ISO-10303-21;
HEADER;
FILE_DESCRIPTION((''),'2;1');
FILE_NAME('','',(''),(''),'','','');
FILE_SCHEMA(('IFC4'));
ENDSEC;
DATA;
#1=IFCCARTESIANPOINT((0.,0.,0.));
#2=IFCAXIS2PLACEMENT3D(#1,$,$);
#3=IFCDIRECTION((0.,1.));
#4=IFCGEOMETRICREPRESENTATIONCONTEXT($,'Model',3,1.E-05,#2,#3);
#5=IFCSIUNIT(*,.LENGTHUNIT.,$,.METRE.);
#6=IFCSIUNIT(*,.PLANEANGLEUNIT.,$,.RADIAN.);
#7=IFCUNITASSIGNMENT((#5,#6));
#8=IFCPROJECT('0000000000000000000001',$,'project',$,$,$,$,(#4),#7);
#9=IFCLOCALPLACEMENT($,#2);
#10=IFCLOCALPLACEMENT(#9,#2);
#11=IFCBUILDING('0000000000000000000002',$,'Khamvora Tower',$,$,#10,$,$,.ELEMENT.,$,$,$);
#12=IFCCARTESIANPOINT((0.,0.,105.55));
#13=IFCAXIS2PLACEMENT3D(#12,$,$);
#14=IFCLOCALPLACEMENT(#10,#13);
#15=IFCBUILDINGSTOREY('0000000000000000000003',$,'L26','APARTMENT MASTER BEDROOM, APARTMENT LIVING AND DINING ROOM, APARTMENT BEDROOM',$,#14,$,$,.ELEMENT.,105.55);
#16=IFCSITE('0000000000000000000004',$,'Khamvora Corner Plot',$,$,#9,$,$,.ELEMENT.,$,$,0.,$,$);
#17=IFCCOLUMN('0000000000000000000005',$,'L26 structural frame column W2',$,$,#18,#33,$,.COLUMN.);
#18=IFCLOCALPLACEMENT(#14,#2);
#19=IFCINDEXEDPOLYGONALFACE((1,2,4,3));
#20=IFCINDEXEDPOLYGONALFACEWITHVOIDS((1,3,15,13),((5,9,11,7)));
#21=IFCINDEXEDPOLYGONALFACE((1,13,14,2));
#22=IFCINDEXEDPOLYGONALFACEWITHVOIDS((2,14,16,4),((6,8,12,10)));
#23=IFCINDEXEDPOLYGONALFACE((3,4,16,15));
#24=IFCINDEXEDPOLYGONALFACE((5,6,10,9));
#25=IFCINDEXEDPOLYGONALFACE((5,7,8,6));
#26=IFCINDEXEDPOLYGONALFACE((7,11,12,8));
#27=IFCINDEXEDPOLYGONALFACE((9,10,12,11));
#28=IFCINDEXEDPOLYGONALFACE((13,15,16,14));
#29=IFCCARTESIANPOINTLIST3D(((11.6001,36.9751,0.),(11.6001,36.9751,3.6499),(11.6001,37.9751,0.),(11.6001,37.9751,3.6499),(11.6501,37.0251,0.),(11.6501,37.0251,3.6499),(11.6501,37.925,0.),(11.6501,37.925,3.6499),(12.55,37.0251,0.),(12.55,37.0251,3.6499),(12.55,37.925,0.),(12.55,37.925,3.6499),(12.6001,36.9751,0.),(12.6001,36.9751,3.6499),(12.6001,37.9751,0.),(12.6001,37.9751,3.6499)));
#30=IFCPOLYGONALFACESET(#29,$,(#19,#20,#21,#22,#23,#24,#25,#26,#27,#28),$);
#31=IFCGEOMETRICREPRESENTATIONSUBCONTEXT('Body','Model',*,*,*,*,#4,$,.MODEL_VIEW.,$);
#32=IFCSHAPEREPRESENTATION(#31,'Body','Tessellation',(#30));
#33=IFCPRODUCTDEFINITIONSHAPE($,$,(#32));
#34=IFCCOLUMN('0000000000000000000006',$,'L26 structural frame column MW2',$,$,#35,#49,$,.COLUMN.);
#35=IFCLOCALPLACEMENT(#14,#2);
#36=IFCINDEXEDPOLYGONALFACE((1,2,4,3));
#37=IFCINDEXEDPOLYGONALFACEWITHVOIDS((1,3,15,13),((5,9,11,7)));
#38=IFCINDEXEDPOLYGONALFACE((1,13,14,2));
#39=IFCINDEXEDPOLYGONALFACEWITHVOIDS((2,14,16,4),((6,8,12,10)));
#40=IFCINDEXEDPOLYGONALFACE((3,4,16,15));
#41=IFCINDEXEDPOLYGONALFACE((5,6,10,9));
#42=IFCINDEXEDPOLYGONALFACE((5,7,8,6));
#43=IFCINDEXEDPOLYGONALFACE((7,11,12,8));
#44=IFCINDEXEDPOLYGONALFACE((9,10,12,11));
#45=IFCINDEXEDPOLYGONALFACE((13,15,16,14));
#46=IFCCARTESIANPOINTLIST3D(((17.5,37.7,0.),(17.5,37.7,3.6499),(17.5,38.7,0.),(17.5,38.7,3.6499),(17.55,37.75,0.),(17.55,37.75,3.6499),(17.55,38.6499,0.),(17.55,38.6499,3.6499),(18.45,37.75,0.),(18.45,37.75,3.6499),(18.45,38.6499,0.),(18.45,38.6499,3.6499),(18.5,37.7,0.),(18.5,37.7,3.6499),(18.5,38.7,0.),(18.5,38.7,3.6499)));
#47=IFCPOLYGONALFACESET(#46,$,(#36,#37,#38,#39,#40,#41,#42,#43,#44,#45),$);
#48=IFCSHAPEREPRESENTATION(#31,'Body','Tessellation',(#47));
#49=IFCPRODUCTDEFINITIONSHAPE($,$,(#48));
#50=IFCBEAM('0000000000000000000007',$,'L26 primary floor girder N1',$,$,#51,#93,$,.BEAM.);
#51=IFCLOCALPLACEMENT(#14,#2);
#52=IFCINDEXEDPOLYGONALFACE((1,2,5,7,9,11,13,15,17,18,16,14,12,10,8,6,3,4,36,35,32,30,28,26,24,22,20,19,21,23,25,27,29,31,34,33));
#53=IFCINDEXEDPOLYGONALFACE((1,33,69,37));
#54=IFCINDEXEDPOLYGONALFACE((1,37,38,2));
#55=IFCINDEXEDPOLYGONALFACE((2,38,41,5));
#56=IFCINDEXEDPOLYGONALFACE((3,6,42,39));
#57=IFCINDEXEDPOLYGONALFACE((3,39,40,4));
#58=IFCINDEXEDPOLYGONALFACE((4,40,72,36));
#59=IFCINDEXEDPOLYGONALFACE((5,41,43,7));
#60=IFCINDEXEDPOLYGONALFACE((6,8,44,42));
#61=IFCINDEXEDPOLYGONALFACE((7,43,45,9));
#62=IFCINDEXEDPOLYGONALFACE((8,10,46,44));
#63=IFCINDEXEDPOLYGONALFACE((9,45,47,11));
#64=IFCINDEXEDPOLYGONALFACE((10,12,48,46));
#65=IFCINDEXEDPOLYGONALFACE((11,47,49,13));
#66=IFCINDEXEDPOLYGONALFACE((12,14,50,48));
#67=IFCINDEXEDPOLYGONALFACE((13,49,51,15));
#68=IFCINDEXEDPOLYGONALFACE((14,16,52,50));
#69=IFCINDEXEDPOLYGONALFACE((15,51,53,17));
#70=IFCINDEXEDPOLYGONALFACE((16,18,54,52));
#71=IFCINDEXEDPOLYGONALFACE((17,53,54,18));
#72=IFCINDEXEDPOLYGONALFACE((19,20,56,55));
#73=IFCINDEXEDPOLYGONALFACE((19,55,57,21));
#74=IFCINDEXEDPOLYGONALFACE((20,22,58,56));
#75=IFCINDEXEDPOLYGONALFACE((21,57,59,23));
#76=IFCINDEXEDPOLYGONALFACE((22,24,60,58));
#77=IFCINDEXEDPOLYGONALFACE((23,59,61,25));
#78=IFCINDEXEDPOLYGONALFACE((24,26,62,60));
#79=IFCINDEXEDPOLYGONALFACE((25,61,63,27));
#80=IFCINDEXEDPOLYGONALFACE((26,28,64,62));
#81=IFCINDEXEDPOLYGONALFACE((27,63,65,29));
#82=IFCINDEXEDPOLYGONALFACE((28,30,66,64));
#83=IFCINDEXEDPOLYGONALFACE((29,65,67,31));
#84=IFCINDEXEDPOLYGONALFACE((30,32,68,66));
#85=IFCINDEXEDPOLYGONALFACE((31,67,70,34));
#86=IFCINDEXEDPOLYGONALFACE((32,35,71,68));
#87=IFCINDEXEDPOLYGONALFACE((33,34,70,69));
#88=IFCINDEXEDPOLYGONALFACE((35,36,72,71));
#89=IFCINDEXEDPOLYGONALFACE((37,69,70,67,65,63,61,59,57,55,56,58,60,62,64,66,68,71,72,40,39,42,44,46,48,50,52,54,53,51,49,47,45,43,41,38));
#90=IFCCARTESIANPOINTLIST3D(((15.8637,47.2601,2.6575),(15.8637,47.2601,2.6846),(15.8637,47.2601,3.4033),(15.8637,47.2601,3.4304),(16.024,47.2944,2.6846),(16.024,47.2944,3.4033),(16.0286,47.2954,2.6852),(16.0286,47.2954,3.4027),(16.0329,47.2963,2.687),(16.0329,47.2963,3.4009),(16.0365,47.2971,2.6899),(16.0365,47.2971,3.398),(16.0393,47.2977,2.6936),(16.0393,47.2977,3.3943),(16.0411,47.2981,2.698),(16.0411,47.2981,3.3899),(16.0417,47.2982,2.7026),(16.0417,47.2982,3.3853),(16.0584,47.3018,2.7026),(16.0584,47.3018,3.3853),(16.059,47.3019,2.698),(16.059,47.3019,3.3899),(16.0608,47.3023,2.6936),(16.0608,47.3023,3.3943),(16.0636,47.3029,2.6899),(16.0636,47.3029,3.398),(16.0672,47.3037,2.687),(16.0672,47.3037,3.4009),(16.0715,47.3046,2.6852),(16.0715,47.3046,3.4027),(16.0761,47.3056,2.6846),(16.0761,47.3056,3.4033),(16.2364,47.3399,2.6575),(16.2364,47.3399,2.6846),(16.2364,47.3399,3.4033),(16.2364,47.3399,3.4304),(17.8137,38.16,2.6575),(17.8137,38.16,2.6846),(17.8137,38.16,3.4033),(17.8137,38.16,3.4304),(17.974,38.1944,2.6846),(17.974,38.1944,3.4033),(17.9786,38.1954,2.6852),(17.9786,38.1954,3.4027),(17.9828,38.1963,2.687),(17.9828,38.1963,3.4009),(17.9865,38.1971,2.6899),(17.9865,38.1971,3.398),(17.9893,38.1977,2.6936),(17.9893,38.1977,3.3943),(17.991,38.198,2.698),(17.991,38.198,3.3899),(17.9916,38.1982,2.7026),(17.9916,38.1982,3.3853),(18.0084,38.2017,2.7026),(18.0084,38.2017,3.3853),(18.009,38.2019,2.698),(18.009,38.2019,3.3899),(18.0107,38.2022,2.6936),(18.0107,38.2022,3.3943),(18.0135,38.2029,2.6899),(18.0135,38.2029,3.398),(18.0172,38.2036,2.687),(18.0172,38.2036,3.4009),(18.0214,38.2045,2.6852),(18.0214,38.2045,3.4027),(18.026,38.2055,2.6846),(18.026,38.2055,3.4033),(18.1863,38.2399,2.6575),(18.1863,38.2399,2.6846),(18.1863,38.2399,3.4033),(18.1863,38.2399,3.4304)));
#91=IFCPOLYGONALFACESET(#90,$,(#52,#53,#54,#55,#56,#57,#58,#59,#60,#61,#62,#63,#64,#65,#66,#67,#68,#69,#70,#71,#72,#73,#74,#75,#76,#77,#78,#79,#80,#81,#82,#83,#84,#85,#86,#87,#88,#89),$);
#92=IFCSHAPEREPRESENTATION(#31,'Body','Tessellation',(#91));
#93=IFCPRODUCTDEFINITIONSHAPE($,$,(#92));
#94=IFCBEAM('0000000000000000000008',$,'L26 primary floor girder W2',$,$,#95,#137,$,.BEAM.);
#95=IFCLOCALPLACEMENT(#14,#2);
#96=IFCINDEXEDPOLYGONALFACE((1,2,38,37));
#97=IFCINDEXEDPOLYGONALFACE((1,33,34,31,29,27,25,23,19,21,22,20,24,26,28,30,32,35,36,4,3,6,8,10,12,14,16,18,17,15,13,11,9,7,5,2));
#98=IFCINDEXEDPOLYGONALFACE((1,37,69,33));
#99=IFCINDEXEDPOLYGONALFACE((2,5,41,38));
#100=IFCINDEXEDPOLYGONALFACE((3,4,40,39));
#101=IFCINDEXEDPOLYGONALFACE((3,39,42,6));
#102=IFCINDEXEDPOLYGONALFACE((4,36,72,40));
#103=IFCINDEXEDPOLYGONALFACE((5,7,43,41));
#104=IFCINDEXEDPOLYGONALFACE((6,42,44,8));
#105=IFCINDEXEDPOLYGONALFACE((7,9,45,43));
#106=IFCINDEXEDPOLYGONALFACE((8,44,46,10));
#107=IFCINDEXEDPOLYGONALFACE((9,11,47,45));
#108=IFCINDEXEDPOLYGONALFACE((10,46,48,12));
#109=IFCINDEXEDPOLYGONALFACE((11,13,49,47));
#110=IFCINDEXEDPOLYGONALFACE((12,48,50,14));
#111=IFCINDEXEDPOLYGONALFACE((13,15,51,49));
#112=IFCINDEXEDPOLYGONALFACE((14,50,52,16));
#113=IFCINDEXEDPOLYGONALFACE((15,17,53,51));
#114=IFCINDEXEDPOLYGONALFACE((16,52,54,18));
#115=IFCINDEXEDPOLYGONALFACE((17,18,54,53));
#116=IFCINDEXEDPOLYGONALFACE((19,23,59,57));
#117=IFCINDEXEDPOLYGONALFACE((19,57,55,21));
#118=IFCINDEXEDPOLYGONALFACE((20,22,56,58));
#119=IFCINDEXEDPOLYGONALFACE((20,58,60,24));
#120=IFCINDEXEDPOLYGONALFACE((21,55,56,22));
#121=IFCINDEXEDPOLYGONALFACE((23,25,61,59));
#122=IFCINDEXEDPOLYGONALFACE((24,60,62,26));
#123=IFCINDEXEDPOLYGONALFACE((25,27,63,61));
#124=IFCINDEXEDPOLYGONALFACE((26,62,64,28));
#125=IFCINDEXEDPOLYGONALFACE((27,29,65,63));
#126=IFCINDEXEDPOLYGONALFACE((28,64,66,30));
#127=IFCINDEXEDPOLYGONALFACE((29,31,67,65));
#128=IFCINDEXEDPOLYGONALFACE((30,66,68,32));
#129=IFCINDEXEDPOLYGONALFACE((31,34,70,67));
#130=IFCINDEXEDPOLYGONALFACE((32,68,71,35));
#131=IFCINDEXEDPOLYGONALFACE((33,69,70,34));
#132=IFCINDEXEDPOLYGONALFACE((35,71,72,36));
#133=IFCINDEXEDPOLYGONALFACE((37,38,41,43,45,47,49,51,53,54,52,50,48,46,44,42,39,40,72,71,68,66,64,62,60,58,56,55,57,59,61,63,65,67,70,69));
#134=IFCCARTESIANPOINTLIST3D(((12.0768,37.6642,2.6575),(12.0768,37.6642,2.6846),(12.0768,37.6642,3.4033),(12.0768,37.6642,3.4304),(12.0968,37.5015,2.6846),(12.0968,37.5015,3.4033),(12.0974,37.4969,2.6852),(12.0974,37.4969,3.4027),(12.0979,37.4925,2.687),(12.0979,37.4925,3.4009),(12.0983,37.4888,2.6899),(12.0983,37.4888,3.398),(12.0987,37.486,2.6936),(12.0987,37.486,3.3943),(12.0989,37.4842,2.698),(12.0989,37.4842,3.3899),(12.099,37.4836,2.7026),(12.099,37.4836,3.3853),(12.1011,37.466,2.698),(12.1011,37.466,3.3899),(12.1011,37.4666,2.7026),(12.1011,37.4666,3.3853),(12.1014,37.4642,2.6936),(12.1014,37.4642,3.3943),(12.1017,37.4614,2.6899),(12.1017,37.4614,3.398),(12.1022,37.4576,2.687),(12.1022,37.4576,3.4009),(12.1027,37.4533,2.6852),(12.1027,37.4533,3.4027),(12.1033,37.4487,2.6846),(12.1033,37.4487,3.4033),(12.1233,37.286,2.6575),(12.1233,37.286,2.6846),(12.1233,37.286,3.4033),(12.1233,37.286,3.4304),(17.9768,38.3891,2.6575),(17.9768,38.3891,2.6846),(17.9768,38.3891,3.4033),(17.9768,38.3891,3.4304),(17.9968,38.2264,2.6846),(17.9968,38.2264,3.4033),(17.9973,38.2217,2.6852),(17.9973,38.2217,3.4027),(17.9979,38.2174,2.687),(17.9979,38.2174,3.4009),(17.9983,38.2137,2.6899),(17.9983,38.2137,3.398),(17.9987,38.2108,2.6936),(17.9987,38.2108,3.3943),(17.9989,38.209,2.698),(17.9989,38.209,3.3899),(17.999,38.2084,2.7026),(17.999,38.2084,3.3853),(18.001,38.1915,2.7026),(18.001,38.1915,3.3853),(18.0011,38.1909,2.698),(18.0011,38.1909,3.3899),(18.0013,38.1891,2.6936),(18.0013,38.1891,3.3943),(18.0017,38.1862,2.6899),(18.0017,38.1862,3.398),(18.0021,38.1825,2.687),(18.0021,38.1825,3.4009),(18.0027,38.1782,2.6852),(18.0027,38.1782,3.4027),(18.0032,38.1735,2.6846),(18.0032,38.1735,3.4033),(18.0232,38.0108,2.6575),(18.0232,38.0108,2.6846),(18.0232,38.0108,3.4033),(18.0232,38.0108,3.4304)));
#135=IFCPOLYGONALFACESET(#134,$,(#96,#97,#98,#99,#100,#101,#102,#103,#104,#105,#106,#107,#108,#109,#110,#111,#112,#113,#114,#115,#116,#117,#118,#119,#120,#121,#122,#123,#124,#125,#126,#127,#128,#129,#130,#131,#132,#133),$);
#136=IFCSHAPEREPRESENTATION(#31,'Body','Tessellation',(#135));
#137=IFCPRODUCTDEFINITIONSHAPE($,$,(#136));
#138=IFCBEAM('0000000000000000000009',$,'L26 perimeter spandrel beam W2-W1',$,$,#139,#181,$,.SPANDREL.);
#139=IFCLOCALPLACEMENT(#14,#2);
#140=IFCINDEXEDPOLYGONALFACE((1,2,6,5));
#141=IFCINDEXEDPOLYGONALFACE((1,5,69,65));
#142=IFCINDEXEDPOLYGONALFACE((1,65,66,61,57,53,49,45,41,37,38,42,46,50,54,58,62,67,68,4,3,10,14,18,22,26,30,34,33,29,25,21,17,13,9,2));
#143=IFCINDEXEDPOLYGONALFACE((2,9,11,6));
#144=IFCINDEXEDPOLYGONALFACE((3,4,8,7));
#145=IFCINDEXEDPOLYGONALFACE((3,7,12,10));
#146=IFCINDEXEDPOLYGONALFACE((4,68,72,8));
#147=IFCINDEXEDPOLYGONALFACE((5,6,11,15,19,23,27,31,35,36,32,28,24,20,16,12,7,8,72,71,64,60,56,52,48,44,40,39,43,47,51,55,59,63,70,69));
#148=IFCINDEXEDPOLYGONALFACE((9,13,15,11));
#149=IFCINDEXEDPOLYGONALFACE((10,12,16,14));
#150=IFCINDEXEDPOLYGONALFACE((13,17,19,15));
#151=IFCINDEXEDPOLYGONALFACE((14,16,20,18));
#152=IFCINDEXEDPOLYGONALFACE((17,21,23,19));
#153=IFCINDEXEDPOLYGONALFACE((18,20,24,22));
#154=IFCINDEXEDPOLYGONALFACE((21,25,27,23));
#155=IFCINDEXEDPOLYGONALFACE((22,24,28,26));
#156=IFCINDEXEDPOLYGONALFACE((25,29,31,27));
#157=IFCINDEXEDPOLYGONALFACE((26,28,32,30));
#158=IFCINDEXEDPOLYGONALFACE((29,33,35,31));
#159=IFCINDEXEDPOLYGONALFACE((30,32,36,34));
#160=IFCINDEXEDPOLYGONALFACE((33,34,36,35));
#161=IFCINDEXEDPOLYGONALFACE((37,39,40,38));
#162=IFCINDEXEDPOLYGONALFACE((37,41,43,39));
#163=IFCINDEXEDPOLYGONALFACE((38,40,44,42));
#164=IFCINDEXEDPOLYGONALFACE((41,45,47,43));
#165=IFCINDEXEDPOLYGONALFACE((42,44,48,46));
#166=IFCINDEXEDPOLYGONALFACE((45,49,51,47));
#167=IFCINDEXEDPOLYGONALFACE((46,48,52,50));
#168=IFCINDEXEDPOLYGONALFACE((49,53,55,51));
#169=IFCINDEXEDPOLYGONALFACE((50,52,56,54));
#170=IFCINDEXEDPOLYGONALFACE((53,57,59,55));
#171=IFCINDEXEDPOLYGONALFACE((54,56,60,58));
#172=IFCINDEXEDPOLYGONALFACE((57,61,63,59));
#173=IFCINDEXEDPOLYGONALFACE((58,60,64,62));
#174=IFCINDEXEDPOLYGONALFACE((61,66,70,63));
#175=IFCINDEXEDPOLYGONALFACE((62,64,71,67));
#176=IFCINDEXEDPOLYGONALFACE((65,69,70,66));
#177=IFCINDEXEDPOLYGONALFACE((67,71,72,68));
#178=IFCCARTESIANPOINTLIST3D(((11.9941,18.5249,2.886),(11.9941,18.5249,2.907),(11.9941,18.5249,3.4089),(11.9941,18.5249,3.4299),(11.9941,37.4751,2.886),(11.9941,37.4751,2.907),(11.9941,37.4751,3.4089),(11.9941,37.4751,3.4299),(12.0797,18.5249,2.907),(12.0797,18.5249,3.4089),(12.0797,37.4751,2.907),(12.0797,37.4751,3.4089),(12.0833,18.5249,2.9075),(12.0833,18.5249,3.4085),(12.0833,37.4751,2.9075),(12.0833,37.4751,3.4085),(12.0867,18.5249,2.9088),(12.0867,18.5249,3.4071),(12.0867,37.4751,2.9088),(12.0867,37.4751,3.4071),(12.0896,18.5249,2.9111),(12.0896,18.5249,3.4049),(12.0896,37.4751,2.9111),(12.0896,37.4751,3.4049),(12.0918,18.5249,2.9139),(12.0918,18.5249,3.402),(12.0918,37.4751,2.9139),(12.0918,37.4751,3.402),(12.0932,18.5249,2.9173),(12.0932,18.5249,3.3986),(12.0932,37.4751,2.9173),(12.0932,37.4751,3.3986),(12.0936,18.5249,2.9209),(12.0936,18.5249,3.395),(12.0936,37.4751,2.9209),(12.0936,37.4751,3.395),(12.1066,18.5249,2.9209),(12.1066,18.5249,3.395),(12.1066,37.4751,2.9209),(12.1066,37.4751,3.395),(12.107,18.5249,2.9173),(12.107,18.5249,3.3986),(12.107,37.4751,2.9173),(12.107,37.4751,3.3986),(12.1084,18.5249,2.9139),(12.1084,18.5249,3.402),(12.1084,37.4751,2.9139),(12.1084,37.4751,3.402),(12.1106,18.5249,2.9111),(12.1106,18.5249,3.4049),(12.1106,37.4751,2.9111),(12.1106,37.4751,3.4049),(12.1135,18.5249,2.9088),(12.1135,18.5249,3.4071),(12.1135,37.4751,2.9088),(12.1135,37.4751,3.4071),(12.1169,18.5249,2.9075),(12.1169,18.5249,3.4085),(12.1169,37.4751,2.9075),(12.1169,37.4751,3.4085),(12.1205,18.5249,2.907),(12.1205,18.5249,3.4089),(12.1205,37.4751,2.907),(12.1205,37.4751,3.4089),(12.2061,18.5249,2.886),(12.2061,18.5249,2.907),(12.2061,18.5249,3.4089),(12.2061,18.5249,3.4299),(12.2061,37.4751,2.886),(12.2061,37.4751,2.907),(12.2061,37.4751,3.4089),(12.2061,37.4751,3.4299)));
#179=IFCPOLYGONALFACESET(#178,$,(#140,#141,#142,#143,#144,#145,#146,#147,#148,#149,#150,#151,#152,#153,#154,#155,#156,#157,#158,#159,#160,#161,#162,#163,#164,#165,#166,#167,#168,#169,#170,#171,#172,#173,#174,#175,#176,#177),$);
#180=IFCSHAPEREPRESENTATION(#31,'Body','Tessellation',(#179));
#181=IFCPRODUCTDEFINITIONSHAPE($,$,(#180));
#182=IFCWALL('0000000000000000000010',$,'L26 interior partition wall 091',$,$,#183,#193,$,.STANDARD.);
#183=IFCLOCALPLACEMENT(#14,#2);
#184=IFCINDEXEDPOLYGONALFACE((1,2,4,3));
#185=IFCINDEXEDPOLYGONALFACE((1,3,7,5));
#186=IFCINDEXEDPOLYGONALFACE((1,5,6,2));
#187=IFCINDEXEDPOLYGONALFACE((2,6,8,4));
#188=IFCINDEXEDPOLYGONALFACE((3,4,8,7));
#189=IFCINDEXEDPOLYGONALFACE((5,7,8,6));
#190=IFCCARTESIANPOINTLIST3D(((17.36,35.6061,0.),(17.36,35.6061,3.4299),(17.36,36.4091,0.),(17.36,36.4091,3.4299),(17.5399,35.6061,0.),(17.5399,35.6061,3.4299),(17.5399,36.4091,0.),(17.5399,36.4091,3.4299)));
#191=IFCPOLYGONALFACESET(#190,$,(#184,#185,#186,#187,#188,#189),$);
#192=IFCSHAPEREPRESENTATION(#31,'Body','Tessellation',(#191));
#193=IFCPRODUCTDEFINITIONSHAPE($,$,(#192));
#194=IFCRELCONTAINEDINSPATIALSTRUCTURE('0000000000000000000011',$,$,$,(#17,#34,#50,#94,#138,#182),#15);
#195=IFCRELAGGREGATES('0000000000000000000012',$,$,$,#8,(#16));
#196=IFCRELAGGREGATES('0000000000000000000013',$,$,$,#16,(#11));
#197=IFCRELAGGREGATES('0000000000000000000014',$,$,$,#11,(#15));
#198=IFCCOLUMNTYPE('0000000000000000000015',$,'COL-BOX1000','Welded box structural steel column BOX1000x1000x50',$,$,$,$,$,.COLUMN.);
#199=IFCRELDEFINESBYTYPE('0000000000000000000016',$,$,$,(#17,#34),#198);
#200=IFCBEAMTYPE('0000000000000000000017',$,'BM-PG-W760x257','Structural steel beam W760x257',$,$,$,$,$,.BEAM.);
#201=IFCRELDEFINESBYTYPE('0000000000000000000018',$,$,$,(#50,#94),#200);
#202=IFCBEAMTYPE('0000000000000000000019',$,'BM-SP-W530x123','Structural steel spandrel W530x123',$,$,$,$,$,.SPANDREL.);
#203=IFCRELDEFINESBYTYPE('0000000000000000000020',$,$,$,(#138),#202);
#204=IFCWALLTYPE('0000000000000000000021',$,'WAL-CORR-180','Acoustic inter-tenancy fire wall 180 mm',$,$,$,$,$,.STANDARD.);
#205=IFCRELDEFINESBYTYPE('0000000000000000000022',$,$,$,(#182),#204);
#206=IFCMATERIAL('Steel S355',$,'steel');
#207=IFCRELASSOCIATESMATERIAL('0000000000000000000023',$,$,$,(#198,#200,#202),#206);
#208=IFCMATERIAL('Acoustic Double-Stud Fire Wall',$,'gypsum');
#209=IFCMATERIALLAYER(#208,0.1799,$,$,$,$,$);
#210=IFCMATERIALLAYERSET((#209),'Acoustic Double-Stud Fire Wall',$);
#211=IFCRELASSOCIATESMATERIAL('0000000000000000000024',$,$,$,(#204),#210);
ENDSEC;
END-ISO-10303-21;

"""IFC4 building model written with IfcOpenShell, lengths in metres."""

from ifc_helpers import new_model, si_unit, direction, frame, frame_2d, origin, origin_2d, place, context, subcontext, project, spatial, rectangle, hollow_rectangle, i_section, extrude, material, layer, layer_set, material_profile, profile_set, type_object, element, save


model = new_model("IFC4")

# Units and contexts
model_context = context("Model", 3, precision=1e-05, world=origin(), true_north=direction((0.0, 1.0)))
body_context = subcontext(model_context, "Body", "Model", "MODEL_VIEW")
ifc_project = project(units=[si_unit("LENGTHUNIT", "METRE"), si_unit("PLANEANGLEUNIT", "RADIAN")], contexts=[model_context])

# Site, building, storey
site_placement = place(None, origin())
site = spatial("IfcSite", under=ifc_project, at=site_placement, Name="Khamvora Corner Plot", CompositionType="ELEMENT", RefElevation=0.0)
building_placement = place(site_placement, origin())
building = spatial("IfcBuilding", under=site, at=building_placement, Name="Khamvora Tower", CompositionType="ELEMENT")
storey_placement = place(building_placement, frame((0.0, 0.0, 105.55)))
storey = spatial("IfcBuildingStorey", under=building, at=storey_placement, Name="L26", Description="APARTMENT MASTER BEDROOM, APARTMENT LIVING AND DINING ROOM, APARTMENT BEDROOM", CompositionType="ELEMENT", Elevation=105.55)

# Columns
ifc_material_1 = material(Name="Steel S355", Category="steel")
ifc_material_profile_1 = material_profile(ifc_material_1, hollow_rectangle(XDim=1.0, YDim=1.0, WallThickness=0.05, at=origin_2d()), Name="BOX1000x1000x50")
ifc_profile_set_1 = profile_set([ifc_material_profile_1], Name="Steel S355")
column_type = type_object("IfcColumnType", Name="COL-BOX1000", Description="Welded box structural steel column BOX1000x1000x50", PredefinedType="COLUMN", material=ifc_profile_set_1)
for number, where, z_axis, x_axis, name in (
    (1, (12.1001, 37.4751, 0.0), (0.0, 0.0, 1.0), (1.0, 0.0, 0.0), "L26 structural frame column W2"),
    (2, (18.0, 38.2, 0.0), (0.0, 0.0, 1.0), (1.0, 0.0, 0.0), "L26 structural frame column MW2"),
):
    element("IfcColumn", number, at=place(storey_placement, frame(where, z_axis=z_axis, x_axis=x_axis)), inside=storey, type_object=column_type, Name=name, PredefinedType="COLUMN", context=body_context, shape_type="SweptSolid", body=[
        extrude(hollow_rectangle(XDim=1.0, YDim=1.0, WallThickness=0.05, at=origin_2d()), origin(), (0.0, 0.0, 1.0), 3.6499),
    ])

# Beams
ifc_material_profile_2 = material_profile(ifc_material_1, i_section(OverallWidth=0.3811, OverallDepth=0.7729, WebThickness=0.0171, FlangeThickness=0.0271, FilletRadius=0.0181, at=origin_2d()), Name="W760x257")
ifc_profile_set_2 = profile_set([ifc_material_profile_2], Name="Steel S355")
beam_type_1 = type_object("IfcBeamType", Name="BM-PG-W760x257", Description="Structural steel beam W760x257", PredefinedType="BEAM", material=ifc_profile_set_2)
beam_1_placement = place(storey_placement, frame((18.0, 38.2, 3.0439), z_axis=(-0.209522, 0.977804, 0.0), x_axis=(-0.977804, -0.209522, 0.0)))
element("IfcBeam", 3, at=beam_1_placement, inside=storey, type_object=beam_type_1, Name="L26 primary floor girder N1", PredefinedType="BEAM", context=body_context, shape_type="SweptSolid", body=[
    extrude(i_section(OverallWidth=0.3811, OverallDepth=0.7729, WebThickness=0.0171, FlangeThickness=0.0271, FilletRadius=0.0181, at=origin_2d()), origin(), (0.0, 0.0, 1.0), 9.3066),
])
beam_2_placement = place(storey_placement, frame((18.0, 38.2, 3.0439), z_axis=(-0.992537, -0.121942, 0.0), x_axis=(0.121942, -0.992537, 0.0)))
element("IfcBeam", 4, at=beam_2_placement, inside=storey, type_object=beam_type_1, Name="L26 primary floor girder W2", PredefinedType="BEAM", context=body_context, shape_type="SweptSolid", body=[
    extrude(i_section(OverallWidth=0.3811, OverallDepth=0.7729, WebThickness=0.0171, FlangeThickness=0.0271, FilletRadius=0.0181, at=origin_2d()), origin(), (0.0, 0.0, 1.0), 5.9443),
])
ifc_material_profile_3 = material_profile(ifc_material_1, i_section(OverallWidth=0.2119, OverallDepth=0.5439, WebThickness=0.0129, FlangeThickness=0.021, FilletRadius=0.0139, at=origin_2d()), Name="W530x123")
ifc_profile_set_3 = profile_set([ifc_material_profile_3], Name="Steel S355")
beam_type_2 = type_object("IfcBeamType", Name="BM-SP-W530x123", Description="Structural steel spandrel W530x123", PredefinedType="SPANDREL", material=ifc_profile_set_3)
beam_3_placement = place(storey_placement, frame((12.1001, 37.4751, 3.158), z_axis=(0.0, -1.0, 0.0), x_axis=(1.0, 0.0, 0.0)))
element("IfcBeam", 5, at=beam_3_placement, inside=storey, type_object=beam_type_2, Name="L26 perimeter spandrel beam W2-W1", PredefinedType="SPANDREL", context=body_context, shape_type="SweptSolid", body=[
    extrude(i_section(OverallWidth=0.2119, OverallDepth=0.5439, WebThickness=0.0129, FlangeThickness=0.021, FilletRadius=0.0139, at=origin_2d()), origin(), (0.0, 0.0, 1.0), 18.9502),
])

# Wall
ifc_material_2 = material(Name="Acoustic Double-Stud Fire Wall", Category="gypsum")
ifc_layer_1 = layer(ifc_material_2, 0.1799)
ifc_layer_set_1 = layer_set([ifc_layer_1], Name="Acoustic Double-Stud Fire Wall")
wall_type_1 = type_object("IfcWallType", Name="WAL-CORR-180", Description="Acoustic inter-tenancy fire wall 180 mm", PredefinedType="STANDARD", material=ifc_layer_set_1)
wall_1_placement = place(storey_placement, frame((17.45, 36.4089, 0.0), z_axis=(0.0, 0.0, 1.0), x_axis=(0.0, -1.0, 0.0)))
element("IfcWall", 6, at=wall_1_placement, inside=storey, type_object=wall_type_1, Name="L26 interior partition wall 091", PredefinedType="STANDARD", context=body_context, shape_type="SweptSolid", body=[
    extrude(rectangle(XDim=0.803, YDim=0.1799, at=frame_2d((0.4014, 0.0))), origin(), (0.0, 0.0, 1.0), 3.4299),
])

save(model, "model.ifc")
